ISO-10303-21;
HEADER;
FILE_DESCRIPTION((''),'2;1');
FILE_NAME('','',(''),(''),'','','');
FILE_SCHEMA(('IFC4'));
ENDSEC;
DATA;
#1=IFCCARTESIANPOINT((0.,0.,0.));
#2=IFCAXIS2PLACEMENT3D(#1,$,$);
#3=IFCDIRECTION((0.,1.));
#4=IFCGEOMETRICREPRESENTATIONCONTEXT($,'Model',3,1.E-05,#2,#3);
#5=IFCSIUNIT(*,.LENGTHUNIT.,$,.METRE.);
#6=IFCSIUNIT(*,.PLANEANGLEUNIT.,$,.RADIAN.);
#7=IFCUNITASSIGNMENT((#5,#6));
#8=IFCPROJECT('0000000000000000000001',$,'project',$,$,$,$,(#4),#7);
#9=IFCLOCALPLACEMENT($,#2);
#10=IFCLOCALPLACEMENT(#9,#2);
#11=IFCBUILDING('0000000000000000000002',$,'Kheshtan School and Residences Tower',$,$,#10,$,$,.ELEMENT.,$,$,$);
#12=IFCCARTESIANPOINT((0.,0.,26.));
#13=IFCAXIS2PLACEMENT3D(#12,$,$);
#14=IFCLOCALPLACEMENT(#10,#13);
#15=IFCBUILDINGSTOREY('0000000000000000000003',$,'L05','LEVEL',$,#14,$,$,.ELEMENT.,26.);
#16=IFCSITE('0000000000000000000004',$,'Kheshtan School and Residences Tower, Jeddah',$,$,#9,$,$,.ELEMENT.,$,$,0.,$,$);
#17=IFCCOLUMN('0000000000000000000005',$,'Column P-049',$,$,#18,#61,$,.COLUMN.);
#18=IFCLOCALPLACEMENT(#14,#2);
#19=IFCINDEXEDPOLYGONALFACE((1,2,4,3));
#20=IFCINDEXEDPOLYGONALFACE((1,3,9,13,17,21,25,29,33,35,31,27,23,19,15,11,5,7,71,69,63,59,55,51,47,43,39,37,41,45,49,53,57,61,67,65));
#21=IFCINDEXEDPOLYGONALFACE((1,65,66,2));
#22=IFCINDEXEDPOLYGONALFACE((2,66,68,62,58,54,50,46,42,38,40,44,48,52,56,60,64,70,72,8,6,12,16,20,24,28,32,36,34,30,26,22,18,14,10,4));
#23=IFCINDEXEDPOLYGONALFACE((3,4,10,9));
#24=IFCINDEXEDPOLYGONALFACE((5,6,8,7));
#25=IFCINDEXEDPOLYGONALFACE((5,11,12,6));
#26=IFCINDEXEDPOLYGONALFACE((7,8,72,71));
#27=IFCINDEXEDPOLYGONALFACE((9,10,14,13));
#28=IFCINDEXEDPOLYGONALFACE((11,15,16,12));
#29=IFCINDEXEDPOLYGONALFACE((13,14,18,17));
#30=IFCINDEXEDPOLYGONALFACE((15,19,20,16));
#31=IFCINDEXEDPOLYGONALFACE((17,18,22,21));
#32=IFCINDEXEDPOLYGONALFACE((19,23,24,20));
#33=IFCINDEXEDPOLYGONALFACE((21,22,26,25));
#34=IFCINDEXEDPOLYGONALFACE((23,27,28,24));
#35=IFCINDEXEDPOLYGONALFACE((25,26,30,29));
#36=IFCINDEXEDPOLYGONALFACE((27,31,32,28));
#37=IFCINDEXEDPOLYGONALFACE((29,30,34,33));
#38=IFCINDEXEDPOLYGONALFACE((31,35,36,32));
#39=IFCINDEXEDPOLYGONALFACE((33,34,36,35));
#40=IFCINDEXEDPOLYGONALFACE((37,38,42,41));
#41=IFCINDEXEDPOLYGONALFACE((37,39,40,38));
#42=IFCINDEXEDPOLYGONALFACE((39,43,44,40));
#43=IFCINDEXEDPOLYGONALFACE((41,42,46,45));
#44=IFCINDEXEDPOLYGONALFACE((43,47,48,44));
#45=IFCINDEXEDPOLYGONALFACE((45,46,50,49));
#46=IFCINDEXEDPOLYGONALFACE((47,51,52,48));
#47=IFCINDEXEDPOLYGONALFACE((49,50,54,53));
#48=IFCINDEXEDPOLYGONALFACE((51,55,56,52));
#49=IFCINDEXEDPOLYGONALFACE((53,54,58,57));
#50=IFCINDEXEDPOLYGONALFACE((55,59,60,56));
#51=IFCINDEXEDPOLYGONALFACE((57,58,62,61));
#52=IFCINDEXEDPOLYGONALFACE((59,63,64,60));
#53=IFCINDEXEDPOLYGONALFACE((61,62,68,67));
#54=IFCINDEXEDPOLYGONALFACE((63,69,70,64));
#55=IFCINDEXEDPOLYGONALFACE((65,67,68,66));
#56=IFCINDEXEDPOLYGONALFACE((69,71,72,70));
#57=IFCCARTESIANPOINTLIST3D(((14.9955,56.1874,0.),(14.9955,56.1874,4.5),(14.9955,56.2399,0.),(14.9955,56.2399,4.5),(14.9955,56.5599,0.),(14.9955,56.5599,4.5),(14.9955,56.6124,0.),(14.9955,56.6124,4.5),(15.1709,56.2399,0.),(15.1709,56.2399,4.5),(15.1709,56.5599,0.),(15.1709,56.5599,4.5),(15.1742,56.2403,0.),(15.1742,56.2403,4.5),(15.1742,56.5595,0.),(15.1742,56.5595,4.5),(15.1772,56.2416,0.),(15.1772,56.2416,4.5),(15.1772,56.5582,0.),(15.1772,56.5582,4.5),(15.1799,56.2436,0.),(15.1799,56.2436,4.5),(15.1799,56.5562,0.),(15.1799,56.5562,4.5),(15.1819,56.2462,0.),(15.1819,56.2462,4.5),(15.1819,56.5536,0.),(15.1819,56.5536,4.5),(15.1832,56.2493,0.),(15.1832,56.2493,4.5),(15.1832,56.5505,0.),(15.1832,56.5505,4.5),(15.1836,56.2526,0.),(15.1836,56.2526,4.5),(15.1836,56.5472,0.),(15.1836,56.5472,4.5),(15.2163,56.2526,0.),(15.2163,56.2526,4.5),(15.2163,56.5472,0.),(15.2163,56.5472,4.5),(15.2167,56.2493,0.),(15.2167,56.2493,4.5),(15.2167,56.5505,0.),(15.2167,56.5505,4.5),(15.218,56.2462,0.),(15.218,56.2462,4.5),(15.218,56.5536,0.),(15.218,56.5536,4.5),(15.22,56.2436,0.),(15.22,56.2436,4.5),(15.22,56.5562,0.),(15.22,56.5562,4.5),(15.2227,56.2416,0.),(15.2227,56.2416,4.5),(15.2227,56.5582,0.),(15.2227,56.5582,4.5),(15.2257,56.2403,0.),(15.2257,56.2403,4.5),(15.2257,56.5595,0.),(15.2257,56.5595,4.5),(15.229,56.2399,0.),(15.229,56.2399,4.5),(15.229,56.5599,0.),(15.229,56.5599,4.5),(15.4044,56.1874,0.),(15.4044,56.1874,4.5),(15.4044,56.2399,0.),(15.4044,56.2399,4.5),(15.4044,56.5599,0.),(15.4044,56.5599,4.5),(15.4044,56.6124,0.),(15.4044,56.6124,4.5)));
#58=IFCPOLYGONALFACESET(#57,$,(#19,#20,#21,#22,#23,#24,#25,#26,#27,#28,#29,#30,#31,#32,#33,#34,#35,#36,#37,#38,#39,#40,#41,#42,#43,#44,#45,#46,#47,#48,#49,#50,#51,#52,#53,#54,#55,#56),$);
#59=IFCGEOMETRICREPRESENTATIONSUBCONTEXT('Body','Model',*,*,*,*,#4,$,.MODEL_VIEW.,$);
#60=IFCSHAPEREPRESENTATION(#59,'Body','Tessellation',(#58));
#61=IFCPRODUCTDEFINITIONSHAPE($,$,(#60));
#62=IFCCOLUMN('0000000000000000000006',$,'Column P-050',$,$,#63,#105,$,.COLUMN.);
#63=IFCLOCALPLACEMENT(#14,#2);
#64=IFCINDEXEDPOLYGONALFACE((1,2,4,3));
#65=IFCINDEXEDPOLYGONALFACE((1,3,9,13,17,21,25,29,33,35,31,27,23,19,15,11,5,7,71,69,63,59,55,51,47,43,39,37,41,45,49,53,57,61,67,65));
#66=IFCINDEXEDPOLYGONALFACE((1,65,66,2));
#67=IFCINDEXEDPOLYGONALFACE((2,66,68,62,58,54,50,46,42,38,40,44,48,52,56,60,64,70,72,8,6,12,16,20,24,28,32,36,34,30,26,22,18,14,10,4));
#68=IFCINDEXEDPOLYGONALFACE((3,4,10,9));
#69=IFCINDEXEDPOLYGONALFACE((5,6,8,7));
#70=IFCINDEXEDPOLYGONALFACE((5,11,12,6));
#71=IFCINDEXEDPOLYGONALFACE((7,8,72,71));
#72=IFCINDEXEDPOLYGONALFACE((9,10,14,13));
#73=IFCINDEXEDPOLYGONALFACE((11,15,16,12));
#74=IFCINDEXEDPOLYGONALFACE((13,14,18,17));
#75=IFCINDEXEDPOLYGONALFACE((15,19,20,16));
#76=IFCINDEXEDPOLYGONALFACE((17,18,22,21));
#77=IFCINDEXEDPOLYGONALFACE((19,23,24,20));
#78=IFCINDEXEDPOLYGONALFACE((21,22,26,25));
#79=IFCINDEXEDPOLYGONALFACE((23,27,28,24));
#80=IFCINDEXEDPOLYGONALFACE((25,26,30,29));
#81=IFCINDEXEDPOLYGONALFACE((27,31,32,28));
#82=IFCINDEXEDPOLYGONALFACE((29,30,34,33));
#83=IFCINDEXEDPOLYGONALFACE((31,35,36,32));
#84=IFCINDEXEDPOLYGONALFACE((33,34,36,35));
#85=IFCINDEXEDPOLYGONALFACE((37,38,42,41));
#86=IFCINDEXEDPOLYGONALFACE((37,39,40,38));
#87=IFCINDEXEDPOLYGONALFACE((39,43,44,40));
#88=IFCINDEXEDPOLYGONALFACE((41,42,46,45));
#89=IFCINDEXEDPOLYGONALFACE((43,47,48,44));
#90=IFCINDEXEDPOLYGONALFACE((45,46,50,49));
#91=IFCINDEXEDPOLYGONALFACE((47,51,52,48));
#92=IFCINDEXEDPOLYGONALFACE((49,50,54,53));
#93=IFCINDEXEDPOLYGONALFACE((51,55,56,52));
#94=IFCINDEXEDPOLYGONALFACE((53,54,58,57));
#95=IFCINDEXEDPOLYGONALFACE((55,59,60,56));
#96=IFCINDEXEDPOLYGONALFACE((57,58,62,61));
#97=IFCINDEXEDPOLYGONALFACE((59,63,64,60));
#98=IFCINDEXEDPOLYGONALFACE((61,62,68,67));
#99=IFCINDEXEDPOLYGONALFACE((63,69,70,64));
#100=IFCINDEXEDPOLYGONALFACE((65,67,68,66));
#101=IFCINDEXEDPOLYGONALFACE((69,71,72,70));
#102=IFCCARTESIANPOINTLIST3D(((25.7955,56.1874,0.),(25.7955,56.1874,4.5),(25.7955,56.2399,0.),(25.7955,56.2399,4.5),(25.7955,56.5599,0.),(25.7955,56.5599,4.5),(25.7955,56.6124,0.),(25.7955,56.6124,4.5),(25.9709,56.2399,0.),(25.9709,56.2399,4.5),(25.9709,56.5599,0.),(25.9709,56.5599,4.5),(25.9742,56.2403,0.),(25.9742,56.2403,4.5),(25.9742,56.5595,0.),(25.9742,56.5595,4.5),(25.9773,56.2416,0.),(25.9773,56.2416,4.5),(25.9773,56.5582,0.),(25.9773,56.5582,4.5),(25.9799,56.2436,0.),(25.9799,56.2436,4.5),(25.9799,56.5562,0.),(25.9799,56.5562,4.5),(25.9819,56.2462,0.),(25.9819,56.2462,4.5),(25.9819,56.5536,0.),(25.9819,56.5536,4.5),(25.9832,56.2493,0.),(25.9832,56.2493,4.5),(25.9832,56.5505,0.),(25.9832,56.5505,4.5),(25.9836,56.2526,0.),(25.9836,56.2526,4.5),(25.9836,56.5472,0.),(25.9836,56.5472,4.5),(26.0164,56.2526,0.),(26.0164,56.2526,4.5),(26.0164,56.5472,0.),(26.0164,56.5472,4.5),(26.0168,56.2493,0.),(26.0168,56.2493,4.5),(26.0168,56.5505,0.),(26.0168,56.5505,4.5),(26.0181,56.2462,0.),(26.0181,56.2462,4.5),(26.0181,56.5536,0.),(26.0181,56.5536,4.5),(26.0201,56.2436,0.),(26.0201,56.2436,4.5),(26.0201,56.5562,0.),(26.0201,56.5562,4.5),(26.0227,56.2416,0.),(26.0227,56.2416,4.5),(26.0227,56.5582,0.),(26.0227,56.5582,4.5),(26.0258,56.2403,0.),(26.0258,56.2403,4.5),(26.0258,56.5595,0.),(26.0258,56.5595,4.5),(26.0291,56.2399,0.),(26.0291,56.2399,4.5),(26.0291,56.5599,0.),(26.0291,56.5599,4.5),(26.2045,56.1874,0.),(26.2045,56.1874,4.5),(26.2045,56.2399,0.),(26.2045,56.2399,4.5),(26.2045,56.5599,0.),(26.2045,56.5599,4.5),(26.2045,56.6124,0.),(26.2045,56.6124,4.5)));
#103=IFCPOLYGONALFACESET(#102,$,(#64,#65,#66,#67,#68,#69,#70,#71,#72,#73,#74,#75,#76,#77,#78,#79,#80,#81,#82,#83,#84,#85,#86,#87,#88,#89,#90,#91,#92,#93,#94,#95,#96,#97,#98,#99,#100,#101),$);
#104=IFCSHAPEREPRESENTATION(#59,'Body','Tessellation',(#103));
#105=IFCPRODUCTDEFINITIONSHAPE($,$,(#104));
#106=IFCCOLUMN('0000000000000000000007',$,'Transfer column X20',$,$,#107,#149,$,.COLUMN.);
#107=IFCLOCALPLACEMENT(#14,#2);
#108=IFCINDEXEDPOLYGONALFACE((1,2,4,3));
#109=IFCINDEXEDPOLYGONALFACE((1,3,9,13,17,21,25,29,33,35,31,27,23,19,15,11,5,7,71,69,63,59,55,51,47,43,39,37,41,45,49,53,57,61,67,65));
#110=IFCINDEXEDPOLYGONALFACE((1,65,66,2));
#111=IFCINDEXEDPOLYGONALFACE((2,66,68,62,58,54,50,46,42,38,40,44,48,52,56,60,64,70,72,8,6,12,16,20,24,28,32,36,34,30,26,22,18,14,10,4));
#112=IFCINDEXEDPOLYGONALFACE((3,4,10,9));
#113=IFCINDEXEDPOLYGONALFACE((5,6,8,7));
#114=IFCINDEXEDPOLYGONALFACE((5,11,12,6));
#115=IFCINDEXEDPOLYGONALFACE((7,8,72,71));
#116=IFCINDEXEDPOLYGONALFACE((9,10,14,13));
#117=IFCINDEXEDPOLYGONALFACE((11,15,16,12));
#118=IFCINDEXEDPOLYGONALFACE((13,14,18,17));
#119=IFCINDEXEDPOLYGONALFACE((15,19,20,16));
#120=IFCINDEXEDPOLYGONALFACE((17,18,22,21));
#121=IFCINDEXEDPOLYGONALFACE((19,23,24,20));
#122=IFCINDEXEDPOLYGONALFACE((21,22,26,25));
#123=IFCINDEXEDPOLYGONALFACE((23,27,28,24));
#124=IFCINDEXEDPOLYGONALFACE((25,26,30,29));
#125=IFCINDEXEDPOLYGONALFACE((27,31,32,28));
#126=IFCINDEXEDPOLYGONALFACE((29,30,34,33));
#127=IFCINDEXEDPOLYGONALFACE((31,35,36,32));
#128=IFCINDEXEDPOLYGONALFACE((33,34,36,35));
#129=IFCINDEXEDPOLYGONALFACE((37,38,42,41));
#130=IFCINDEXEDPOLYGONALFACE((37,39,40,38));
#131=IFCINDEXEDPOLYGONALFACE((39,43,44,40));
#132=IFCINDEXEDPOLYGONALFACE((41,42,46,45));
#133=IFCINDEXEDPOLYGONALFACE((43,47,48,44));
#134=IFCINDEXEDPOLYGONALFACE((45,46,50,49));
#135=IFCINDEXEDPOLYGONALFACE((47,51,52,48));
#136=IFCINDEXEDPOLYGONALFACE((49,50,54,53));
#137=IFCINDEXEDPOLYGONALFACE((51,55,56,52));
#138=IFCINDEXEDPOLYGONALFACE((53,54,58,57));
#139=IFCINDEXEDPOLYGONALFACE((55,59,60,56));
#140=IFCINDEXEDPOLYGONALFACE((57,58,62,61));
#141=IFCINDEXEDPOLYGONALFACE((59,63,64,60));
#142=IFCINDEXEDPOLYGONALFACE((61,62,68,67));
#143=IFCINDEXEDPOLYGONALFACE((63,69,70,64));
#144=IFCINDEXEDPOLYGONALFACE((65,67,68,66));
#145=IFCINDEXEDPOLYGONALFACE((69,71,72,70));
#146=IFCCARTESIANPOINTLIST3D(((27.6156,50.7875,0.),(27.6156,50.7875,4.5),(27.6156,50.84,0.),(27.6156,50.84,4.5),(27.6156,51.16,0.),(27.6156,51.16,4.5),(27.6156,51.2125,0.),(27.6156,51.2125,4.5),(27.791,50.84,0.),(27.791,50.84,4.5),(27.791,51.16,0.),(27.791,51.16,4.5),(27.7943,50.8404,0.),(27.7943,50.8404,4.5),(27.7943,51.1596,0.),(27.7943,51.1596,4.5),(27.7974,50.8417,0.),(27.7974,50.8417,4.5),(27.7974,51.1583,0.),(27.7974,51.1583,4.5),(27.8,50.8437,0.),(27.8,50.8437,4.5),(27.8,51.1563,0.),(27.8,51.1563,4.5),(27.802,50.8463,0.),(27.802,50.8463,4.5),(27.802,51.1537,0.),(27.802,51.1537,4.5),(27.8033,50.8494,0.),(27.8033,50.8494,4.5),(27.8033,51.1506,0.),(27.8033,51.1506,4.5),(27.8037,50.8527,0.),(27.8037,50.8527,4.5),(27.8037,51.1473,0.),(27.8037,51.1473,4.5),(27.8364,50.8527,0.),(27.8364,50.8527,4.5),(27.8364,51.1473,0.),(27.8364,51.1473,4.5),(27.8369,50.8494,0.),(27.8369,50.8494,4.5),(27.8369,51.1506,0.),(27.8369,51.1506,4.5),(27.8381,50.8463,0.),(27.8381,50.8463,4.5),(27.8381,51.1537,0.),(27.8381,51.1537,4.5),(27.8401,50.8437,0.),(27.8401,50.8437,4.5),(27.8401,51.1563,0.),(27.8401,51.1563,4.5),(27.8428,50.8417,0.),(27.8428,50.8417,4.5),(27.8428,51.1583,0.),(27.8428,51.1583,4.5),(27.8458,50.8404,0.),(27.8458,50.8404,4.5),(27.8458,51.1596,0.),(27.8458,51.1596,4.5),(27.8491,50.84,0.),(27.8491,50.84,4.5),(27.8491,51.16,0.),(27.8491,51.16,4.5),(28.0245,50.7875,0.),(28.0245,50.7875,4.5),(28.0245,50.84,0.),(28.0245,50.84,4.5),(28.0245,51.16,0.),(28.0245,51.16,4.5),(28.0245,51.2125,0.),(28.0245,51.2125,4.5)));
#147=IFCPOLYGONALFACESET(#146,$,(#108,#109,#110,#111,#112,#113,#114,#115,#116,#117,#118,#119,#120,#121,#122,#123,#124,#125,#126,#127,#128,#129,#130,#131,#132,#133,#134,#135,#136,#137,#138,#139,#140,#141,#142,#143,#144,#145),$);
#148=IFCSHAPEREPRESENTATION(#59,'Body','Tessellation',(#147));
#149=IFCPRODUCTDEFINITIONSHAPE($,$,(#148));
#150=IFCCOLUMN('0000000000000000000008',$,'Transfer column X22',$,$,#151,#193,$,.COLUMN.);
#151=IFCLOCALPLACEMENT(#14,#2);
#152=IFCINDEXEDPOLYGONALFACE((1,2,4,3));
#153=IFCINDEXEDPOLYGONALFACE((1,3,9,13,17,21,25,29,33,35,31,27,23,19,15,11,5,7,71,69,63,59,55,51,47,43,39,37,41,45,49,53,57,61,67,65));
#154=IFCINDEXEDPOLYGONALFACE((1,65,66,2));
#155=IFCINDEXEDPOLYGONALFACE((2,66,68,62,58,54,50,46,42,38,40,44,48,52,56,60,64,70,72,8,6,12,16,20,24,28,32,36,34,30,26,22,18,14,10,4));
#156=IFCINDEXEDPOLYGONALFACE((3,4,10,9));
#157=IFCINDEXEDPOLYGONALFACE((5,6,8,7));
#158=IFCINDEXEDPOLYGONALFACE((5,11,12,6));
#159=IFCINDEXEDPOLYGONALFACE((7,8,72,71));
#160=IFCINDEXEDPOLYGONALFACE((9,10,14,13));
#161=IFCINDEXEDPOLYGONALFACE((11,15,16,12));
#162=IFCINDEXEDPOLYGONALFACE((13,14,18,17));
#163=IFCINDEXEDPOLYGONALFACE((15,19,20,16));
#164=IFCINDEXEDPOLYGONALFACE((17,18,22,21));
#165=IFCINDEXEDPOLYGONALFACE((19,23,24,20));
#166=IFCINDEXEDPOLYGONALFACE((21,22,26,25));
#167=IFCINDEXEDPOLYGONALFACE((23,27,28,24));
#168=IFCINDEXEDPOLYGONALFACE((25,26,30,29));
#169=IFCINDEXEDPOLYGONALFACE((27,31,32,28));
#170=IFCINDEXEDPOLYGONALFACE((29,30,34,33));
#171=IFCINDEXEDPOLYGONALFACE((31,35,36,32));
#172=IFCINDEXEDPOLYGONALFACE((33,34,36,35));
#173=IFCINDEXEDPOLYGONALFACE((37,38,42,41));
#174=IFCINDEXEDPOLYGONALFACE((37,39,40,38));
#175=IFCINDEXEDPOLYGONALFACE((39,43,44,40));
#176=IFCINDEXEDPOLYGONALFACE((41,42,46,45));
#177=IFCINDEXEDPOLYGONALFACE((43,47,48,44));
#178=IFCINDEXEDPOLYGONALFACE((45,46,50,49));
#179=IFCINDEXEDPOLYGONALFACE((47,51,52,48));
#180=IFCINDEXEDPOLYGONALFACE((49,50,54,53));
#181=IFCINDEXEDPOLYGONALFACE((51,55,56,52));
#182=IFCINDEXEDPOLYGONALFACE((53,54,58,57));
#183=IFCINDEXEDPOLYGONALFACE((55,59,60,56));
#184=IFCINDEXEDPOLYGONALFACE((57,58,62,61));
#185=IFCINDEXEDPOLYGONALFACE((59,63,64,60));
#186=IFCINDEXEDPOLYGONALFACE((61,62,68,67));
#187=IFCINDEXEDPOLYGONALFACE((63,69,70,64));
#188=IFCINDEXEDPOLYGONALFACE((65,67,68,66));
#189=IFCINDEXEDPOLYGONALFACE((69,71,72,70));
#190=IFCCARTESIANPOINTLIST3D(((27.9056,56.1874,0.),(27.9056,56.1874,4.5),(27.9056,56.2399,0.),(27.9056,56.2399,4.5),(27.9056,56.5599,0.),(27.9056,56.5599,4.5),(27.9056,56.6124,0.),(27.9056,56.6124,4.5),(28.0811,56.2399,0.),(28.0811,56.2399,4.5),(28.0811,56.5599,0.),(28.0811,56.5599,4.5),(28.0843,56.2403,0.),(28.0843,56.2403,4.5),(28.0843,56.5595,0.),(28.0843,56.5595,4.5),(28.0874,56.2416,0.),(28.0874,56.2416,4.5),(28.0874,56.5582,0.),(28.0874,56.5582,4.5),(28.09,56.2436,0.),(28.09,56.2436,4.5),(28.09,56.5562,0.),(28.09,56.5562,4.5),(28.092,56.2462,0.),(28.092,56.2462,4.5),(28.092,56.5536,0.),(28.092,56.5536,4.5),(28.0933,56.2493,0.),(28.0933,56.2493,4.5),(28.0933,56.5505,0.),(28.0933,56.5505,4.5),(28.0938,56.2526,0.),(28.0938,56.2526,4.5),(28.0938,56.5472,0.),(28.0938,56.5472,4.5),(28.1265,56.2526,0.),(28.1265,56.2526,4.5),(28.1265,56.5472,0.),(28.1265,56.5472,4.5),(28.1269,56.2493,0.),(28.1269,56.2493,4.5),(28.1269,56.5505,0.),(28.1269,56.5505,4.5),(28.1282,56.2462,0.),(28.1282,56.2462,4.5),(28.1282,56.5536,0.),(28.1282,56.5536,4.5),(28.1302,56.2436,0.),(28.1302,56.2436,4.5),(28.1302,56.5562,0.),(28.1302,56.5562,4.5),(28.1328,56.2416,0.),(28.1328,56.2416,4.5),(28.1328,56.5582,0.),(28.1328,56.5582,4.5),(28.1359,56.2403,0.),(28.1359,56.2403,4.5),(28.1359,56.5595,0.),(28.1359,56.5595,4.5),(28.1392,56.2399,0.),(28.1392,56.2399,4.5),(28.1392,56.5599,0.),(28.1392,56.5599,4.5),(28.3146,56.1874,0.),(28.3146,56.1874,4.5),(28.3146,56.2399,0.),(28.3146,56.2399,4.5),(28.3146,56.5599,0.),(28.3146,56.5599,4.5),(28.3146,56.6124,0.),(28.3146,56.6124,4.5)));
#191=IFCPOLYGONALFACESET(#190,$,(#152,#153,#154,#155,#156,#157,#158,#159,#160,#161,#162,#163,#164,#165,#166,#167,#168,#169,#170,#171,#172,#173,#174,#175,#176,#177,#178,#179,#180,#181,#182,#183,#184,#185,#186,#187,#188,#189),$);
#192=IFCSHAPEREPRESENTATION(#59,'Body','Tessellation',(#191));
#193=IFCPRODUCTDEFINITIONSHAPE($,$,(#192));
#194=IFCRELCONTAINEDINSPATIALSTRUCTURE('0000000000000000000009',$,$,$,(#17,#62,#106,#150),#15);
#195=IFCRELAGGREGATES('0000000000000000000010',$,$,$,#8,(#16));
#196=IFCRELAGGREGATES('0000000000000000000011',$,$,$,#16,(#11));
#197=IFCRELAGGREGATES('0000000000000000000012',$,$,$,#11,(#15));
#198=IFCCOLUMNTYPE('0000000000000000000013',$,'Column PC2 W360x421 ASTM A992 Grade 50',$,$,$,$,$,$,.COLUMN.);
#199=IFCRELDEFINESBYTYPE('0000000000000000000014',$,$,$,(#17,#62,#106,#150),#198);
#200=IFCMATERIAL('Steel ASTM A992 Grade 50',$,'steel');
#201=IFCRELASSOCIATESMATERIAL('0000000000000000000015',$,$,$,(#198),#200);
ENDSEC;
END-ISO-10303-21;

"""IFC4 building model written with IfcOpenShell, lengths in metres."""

from ifc_helpers import new_model, si_unit, direction, frame, origin, origin_2d, place, context, subcontext, project, spatial, i_section, extrude, material, material_profile, profile_set, type_object, element, save


model = new_model("IFC4")

# Units and contexts
model_context = context("Model", 3, precision=1e-05, world=origin(), true_north=direction((0.0, 1.0)))
body_context = subcontext(model_context, "Body", "Model", "MODEL_VIEW")
ifc_project = project(units=[si_unit("LENGTHUNIT", "METRE"), si_unit("PLANEANGLEUNIT", "RADIAN")], contexts=[model_context])

# Site, building, storey
site_placement = place(None, origin())
site = spatial("IfcSite", under=ifc_project, at=site_placement, Name="Kheshtan School and Residences Tower, Jeddah", CompositionType="ELEMENT", RefElevation=0.0)
building_placement = place(site_placement, origin())
building = spatial("IfcBuilding", under=site, at=building_placement, Name="Kheshtan School and Residences Tower", CompositionType="ELEMENT")
storey_placement = place(building_placement, frame((0.0, 0.0, 26.0)))
storey = spatial("IfcBuildingStorey", under=building, at=storey_placement, Name="L05", Description="LEVEL", CompositionType="ELEMENT", Elevation=26.0)

# Columns
ifc_material_1 = material(Name="Steel ASTM A992 Grade 50", Category="steel")
ifc_material_profile_1 = material_profile(ifc_material_1, i_section(OverallWidth=0.4089, OverallDepth=0.425, WebThickness=0.0327, FlangeThickness=0.0525, FilletRadius=0.0127, at=origin_2d()), Name="W360x421")
ifc_profile_set_1 = profile_set([ifc_material_profile_1], Name="Steel ASTM A992 Grade 50")
column_type = type_object("IfcColumnType", Name="Column PC2 W360x421 ASTM A992 Grade 50", PredefinedType="COLUMN", material=ifc_profile_set_1)
for number, where, z_axis, x_axis, name in (
    (1, (15.2, 56.3999, 0.0), (0.0, 0.0, 1.0), (1.0, 0.0, 0.0), "Column P-049"),
    (2, (26.0, 56.3999, 0.0), (0.0, 0.0, 1.0), (1.0, 0.0, 0.0), "Column P-050"),
    (3, (27.8201, 51.0, 0.0), (0.0, 0.0, 1.0), (1.0, 0.0, 0.0), "Transfer column X20"),
    (4, (28.1101, 56.3999, 0.0), (0.0, 0.0, 1.0), (1.0, 0.0, 0.0), "Transfer column X22"),
):
    element("IfcColumn", number, at=place(storey_placement, frame(where, z_axis=z_axis, x_axis=x_axis)), inside=storey, type_object=column_type, Name=name, PredefinedType="COLUMN", context=body_context, shape_type="SweptSolid", body=[
        extrude(i_section(OverallWidth=0.4089, OverallDepth=0.425, WebThickness=0.0327, FlangeThickness=0.0525, FilletRadius=0.0127, at=origin_2d()), origin(), (0.0, 0.0, 1.0), 4.5),
    ])

save(model, "model.ifc")
